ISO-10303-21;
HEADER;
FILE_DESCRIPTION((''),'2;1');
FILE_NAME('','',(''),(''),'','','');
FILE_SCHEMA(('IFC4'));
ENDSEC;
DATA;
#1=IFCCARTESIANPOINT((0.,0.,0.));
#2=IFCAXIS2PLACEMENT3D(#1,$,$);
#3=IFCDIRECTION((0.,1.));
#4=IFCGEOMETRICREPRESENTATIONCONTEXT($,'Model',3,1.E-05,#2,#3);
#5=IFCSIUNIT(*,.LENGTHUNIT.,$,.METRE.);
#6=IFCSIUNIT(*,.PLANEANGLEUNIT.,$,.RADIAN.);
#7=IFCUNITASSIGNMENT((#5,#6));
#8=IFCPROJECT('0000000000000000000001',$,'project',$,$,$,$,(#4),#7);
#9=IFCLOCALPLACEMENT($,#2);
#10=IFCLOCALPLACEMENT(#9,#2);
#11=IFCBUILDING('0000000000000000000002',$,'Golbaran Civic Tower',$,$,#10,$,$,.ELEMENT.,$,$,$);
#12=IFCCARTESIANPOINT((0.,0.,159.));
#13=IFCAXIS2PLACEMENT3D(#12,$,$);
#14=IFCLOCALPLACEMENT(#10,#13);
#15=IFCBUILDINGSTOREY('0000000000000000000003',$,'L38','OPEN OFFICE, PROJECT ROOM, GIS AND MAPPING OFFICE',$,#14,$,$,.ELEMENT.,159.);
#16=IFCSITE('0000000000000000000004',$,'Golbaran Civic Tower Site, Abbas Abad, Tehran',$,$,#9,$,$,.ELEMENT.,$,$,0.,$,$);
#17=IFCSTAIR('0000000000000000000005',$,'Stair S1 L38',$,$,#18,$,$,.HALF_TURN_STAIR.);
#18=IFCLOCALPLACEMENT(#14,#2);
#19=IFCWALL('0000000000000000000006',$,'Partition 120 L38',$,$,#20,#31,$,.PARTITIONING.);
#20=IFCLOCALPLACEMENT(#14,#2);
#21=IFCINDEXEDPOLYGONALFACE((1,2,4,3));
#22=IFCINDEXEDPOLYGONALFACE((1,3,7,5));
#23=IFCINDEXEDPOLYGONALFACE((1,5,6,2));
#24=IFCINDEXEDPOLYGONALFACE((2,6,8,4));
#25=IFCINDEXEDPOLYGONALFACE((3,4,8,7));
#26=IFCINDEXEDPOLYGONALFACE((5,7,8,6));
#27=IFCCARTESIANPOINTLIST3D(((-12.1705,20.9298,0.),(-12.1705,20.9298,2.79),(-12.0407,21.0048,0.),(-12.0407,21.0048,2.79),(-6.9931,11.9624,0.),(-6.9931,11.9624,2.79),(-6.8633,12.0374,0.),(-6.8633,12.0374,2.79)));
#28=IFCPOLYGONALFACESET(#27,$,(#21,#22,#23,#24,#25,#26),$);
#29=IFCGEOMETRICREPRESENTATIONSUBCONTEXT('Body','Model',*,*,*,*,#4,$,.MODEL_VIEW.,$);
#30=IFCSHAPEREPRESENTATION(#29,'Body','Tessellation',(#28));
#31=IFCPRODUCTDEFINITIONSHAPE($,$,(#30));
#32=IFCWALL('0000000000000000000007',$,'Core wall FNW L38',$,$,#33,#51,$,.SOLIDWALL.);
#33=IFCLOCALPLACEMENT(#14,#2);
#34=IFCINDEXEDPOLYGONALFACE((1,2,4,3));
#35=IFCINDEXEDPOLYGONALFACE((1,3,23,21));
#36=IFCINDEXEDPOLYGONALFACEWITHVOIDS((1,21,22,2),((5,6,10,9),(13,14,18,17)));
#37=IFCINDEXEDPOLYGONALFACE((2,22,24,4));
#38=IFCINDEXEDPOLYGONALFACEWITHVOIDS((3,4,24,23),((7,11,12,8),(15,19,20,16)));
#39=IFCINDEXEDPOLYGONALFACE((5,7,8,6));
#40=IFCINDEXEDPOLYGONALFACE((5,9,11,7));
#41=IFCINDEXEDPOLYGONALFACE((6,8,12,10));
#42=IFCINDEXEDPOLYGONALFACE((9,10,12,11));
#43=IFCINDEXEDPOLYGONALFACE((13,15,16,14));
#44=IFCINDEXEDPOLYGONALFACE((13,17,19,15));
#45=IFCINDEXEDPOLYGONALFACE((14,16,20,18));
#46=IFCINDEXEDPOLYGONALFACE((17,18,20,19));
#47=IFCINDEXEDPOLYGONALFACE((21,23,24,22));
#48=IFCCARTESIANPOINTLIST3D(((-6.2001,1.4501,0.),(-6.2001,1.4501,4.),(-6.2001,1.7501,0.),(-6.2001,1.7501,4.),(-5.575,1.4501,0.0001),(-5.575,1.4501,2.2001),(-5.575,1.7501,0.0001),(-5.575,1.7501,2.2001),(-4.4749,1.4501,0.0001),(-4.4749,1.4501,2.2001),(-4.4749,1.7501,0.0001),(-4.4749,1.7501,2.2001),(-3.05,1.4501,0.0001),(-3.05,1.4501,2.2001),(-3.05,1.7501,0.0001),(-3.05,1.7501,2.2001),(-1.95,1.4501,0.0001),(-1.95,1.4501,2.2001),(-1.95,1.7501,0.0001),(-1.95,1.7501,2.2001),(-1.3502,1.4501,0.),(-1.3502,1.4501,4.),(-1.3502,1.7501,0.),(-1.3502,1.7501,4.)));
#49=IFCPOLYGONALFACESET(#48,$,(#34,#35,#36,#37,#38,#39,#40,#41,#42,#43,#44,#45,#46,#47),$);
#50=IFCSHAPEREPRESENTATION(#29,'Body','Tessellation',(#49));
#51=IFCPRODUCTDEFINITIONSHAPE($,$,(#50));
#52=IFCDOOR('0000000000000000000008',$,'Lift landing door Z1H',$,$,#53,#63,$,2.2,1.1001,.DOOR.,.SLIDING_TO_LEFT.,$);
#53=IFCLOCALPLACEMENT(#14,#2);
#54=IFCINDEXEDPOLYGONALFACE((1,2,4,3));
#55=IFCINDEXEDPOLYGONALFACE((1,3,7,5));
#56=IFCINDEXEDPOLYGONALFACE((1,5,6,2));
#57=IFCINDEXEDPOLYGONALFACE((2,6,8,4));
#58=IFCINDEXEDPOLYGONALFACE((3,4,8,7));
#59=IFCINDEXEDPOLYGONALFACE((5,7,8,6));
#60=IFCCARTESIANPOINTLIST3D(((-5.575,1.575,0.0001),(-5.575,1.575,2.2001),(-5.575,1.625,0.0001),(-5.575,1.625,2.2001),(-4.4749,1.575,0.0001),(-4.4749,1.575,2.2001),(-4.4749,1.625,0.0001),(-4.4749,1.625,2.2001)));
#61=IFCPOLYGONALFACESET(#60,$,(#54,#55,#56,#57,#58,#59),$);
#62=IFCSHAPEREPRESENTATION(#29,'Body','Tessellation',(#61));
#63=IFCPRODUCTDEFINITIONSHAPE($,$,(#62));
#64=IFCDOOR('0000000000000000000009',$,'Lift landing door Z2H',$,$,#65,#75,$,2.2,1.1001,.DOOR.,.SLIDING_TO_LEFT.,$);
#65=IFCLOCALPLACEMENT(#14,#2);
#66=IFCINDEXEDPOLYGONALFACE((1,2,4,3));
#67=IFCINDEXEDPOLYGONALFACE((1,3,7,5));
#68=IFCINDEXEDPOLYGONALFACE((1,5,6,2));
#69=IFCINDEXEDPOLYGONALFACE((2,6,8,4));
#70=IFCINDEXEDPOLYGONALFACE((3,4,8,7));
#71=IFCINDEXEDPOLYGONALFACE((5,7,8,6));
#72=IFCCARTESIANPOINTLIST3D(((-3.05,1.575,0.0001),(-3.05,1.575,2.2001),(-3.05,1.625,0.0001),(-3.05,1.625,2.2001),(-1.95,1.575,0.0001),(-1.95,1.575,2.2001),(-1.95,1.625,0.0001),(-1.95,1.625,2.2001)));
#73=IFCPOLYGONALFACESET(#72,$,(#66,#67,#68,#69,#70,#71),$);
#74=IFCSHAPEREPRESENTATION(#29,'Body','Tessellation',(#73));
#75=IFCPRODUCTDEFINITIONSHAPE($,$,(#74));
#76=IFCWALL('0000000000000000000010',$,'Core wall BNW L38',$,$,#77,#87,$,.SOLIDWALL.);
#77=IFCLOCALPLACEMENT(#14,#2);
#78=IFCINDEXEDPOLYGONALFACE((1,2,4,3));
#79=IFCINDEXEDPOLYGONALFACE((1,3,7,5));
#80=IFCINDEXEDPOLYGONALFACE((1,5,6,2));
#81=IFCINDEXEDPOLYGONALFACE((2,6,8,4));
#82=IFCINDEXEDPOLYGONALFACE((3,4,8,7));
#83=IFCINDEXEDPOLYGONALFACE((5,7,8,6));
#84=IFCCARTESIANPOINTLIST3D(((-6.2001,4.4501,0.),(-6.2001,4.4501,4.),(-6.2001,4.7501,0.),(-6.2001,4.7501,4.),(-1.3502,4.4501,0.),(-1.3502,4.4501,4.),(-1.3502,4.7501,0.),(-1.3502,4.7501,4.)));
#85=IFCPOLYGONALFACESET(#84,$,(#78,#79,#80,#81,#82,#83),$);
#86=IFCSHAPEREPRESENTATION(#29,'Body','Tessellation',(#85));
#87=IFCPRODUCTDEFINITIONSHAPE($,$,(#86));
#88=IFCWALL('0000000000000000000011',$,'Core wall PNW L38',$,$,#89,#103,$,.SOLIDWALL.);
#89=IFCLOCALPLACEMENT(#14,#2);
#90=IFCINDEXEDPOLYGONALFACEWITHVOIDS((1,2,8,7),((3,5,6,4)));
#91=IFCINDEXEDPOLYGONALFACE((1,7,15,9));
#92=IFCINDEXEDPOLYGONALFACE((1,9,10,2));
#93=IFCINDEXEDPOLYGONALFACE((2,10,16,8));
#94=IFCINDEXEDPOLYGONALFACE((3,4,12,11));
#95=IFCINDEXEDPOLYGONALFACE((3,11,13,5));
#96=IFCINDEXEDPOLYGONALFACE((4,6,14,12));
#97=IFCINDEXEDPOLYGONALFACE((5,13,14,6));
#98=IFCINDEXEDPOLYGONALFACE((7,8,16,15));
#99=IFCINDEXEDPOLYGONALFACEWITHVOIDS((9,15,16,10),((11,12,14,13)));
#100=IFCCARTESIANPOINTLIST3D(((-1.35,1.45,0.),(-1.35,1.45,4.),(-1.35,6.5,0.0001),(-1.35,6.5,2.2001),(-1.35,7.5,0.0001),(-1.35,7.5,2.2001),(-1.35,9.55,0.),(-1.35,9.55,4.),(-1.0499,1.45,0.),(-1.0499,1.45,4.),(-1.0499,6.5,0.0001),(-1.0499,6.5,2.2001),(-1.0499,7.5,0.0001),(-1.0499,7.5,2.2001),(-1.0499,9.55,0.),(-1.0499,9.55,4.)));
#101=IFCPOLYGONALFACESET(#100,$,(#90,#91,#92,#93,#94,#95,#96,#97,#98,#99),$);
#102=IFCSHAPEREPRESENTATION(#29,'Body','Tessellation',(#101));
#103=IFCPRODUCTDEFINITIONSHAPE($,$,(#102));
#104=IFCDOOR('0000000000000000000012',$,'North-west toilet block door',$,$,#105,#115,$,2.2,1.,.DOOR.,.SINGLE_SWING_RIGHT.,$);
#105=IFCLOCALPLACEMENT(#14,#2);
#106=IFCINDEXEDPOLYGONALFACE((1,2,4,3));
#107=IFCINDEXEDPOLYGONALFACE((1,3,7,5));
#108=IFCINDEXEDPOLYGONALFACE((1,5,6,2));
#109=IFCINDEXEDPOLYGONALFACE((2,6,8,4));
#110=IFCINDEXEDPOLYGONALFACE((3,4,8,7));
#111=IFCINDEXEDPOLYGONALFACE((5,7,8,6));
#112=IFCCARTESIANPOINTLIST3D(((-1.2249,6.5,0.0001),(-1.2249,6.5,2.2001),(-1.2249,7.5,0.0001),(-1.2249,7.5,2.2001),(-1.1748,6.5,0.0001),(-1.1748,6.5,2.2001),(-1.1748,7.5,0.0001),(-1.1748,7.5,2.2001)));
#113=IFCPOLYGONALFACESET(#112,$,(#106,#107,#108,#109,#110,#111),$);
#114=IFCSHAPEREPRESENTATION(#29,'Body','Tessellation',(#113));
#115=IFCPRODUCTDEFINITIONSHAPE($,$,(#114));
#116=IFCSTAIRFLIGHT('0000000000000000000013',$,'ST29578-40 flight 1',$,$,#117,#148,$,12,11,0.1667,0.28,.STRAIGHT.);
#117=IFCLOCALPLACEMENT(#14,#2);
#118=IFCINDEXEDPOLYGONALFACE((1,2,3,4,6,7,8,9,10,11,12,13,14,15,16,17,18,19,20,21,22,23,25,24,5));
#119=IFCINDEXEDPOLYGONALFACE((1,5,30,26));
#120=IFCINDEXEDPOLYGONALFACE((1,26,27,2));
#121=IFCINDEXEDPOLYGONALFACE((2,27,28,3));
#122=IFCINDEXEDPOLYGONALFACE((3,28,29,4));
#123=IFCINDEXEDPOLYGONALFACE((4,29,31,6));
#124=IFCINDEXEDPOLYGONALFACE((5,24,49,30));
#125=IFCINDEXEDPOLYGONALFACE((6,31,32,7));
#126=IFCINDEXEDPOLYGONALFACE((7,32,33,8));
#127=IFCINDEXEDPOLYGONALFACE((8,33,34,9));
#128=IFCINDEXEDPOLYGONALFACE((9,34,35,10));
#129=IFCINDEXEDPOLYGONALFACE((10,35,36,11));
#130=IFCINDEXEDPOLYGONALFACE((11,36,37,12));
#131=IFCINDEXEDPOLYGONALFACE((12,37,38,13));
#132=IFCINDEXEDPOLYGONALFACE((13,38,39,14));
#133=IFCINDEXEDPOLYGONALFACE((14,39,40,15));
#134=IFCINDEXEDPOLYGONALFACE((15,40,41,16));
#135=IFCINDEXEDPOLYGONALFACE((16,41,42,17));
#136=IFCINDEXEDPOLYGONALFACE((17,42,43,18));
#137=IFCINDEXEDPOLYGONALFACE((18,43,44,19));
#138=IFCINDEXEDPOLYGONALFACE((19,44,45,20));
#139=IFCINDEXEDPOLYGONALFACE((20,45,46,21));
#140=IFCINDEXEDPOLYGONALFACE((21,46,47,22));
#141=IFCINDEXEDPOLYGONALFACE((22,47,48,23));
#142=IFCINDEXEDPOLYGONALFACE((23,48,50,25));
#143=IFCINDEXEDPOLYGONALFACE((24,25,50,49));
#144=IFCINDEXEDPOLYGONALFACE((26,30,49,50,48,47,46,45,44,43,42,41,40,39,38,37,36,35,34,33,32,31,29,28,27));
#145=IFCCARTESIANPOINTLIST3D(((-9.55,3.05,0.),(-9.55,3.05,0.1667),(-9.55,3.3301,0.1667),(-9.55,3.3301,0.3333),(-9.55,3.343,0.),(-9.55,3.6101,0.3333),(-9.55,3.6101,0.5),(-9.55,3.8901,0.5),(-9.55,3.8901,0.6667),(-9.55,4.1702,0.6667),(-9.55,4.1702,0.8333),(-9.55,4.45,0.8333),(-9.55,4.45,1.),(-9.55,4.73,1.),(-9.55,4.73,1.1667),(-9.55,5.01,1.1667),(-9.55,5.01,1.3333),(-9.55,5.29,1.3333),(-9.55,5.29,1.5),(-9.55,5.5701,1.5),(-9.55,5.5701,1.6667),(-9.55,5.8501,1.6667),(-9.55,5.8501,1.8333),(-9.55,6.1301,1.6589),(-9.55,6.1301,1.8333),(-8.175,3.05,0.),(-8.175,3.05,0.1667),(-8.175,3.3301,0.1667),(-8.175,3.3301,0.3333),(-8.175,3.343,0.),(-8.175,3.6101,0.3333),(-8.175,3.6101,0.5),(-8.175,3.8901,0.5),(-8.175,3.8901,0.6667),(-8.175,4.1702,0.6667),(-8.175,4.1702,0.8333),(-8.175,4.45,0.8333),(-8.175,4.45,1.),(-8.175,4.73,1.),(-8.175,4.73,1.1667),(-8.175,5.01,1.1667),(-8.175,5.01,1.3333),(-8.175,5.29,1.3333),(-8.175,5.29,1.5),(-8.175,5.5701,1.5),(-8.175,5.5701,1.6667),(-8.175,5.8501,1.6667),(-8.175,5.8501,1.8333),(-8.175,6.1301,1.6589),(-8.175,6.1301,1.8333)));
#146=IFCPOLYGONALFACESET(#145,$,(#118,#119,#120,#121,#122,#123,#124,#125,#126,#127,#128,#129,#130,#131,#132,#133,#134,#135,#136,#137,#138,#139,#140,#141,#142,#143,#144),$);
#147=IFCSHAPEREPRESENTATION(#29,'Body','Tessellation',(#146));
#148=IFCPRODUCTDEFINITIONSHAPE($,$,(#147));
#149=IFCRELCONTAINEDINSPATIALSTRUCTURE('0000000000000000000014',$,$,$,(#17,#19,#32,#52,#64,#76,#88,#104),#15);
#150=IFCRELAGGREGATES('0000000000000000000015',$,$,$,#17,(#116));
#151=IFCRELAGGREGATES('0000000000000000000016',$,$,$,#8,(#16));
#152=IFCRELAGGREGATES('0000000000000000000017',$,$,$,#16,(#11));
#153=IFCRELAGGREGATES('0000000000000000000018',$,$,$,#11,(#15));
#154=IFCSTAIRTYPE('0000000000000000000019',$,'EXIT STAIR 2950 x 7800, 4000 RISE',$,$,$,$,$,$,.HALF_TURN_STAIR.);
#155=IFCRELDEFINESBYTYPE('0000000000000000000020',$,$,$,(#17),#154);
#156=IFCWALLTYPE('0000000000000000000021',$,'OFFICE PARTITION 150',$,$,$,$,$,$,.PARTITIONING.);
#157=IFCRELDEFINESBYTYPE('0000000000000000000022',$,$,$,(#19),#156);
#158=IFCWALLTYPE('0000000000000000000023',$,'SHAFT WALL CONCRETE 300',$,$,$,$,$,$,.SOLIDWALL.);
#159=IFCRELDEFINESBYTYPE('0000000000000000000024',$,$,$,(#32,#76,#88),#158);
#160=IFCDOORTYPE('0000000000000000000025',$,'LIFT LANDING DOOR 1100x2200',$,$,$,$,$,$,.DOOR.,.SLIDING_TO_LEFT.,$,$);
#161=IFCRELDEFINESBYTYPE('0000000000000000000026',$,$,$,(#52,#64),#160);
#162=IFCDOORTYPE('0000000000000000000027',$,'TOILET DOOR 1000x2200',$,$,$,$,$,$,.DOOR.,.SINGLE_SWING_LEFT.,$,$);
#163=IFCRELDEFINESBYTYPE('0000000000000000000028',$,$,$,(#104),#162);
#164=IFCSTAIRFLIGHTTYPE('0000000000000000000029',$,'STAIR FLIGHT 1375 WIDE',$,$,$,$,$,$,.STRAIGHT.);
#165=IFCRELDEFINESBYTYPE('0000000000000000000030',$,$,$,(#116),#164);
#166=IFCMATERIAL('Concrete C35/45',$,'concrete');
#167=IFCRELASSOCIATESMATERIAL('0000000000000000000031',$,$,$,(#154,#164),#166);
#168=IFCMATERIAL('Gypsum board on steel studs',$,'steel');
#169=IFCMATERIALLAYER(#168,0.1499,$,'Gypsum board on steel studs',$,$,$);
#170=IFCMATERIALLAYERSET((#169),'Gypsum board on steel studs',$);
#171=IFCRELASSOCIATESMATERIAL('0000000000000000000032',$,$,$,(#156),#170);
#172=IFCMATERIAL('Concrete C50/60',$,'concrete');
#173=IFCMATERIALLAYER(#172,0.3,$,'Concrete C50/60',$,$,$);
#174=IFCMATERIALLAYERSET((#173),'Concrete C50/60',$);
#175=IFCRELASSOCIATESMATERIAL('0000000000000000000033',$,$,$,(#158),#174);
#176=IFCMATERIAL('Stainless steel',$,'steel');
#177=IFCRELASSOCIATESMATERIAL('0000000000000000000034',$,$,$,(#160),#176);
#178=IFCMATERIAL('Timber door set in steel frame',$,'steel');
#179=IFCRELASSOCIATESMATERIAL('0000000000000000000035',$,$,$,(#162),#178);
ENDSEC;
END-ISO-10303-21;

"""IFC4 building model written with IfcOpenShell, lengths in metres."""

from ifc_helpers import new_model, si_unit, direction, frame, frame_2d, origin, place, context, subcontext, project, spatial, polyline, rectangle, outline, extrude, material, layer, layer_set, type_object, element, fill, aggregate, save


model = new_model("IFC4")

# Units and contexts
model_context = context("Model", 3, precision=1e-05, world=origin(), true_north=direction((0.0, 1.0)))
body_context = subcontext(model_context, "Body", "Model", "MODEL_VIEW")
ifc_project = project(units=[si_unit("LENGTHUNIT", "METRE"), si_unit("PLANEANGLEUNIT", "RADIAN")], contexts=[model_context])

# Site, building, storey
site_placement = place(None, origin())
site = spatial("IfcSite", under=ifc_project, at=site_placement, Name="Golbaran Civic Tower Site, Abbas Abad, Tehran", CompositionType="ELEMENT", RefElevation=0.0)
building_placement = place(site_placement, origin())
building = spatial("IfcBuilding", under=site, at=building_placement, Name="Golbaran Civic Tower", CompositionType="ELEMENT")
storey_placement = place(building_placement, frame((0.0, 0.0, 159.0)))
storey = spatial("IfcBuildingStorey", under=building, at=storey_placement, Name="L38", Description="OPEN OFFICE, PROJECT ROOM, GIS AND MAPPING OFFICE", CompositionType="ELEMENT", Elevation=159.0)

# Shared definitions
ifc_material_1 = material(Name="Concrete C35/45", Category="concrete")

# Stair
stair_type = type_object("IfcStairType", Name="EXIT STAIR 2950 x 7800, 4000 RISE", PredefinedType="HALF_TURN_STAIR", material=ifc_material_1)
stair_1_placement = place(storey_placement, origin())
stair_1 = element("IfcStair", 1, at=stair_1_placement, inside=storey, type_object=stair_type, Name="Stair S1 L38", PredefinedType="HALF_TURN_STAIR")

# Shared definitions
ifc_material_2 = material(Name="Timber door set in steel frame", Category="steel")

# Wall
ifc_material_3 = material(Name="Gypsum board on steel studs", Category="steel")
ifc_layer_1 = layer(ifc_material_3, 0.1499, Name="Gypsum board on steel studs")
ifc_layer_set_1 = layer_set([ifc_layer_1], Name="Gypsum board on steel studs")
wall_type_1 = type_object("IfcWallType", Name="OFFICE PARTITION 150", PredefinedType="PARTITIONING", material=ifc_layer_set_1)
wall_1_placement = place(storey_placement, frame((-6.9282, 12.0, 0.0), z_axis=(0.0, 0.0, 1.0), x_axis=(-0.500006, 0.866022, 0.0)))
element("IfcWall", 2, at=wall_1_placement, inside=storey, type_object=wall_type_1, Name="Partition 120 L38", PredefinedType="PARTITIONING", context=body_context, shape_type="SweptSolid", body=[
    extrude(rectangle(XDim=10.3547, YDim=0.1499, at=frame_2d((5.1772, 0.0))), origin(), (0.0, 0.0, 1.0), 2.79),
])

# Wall, openings, doors
ifc_material_4 = material(Name="Concrete C50/60", Category="concrete")
ifc_layer_2 = layer(ifc_material_4, 0.3, Name="Concrete C50/60")
ifc_layer_set_2 = layer_set([ifc_layer_2], Name="Concrete C50/60")
wall_type_2 = type_object("IfcWallType", Name="SHAFT WALL CONCRETE 300", PredefinedType="SOLIDWALL", material=ifc_layer_set_2)
wall_2_placement = place(storey_placement, frame((-6.2, 1.6001, 0.0), z_axis=(0.0, 0.0, 1.0), x_axis=(1.0, 0.0, 0.0)))
wall_2 = element("IfcWall", 3, at=wall_2_placement, inside=storey, type_object=wall_type_2, Name="Core wall FNW L38", PredefinedType="SOLIDWALL", context=body_context, shape_type="SweptSolid", body=[
    extrude(rectangle(XDim=4.8499, YDim=0.3, at=frame_2d((2.4248, 0.0))), origin(), (0.0, 0.0, 1.0), 4.0),
])
opening_1_placement = place(wall_2_placement, frame((0.625, 0.0, 0.0)))
opening_1 = element("IfcOpeningElement", 4, at=opening_1_placement, cuts=wall_2, PredefinedType="OPENING", context=body_context, shape_type="SweptSolid", body=[
    extrude(rectangle(XDim=1.1001, YDim=2.2, at=frame_2d((0.55, 1.1001))), frame((0.0, 0.1599, 0.0), z_axis=(0.0, -1.0, 0.0), x_axis=(1.0, 0.0, 0.0)), (0.0, 0.0, 1.0), 0.3201),
])
opening_2_placement = place(wall_2_placement, frame((3.1499, 0.0, 0.0)))
opening_2 = element("IfcOpeningElement", 5, at=opening_2_placement, cuts=wall_2, PredefinedType="OPENING", context=body_context, shape_type="SweptSolid", body=[
    extrude(rectangle(XDim=1.1001, YDim=2.2, at=frame_2d((0.55, 1.1001))), frame((0.0, 0.1599, 0.0), z_axis=(0.0, -1.0, 0.0), x_axis=(1.0, 0.0, 0.0)), (0.0, 0.0, 1.0), 0.3201),
])
ifc_material_5 = material(Name="Stainless steel", Category="steel")
door_type_1 = type_object("IfcDoorType", Name="LIFT LANDING DOOR 1100x2200", OperationType="SLIDING_TO_LEFT", PredefinedType="DOOR", material=ifc_material_5)
door_1_placement = place(opening_1_placement, origin())
door_1 = element("IfcDoor", 6, at=door_1_placement, inside=storey, type_object=door_type_1, Name="Lift landing door Z1H", OperationType="SLIDING_TO_LEFT", OverallHeight=2.2, OverallWidth=1.1001, PredefinedType="DOOR", context=body_context, shape_type="SweptSolid", body=[
    extrude(rectangle(XDim=1.1001, YDim=2.2, at=frame_2d((0.55, 1.1001))), frame((0.0, 0.0249, 0.0), z_axis=(0.0, -1.0, 0.0), x_axis=(1.0, 0.0, 0.0)), (0.0, 0.0, 1.0), 0.05),
])
fill(opening_1, door_1)
door_2_placement = place(opening_2_placement, origin())
door_2 = element("IfcDoor", 7, at=door_2_placement, inside=storey, type_object=door_type_1, Name="Lift landing door Z2H", OperationType="SLIDING_TO_LEFT", OverallHeight=2.2, OverallWidth=1.1001, PredefinedType="DOOR", context=body_context, shape_type="SweptSolid", body=[
    extrude(rectangle(XDim=1.1001, YDim=2.2, at=frame_2d((0.55, 1.1001))), frame((0.0, 0.0249, 0.0), z_axis=(0.0, -1.0, 0.0), x_axis=(1.0, 0.0, 0.0)), (0.0, 0.0, 1.0), 0.05),
])
fill(opening_2, door_2)

# Wall
wall_3_placement = place(storey_placement, frame((-6.2, 4.6001, 0.0), z_axis=(0.0, 0.0, 1.0), x_axis=(1.0, 0.0, 0.0)))
element("IfcWall", 8, at=wall_3_placement, inside=storey, type_object=wall_type_2, Name="Core wall BNW L38", PredefinedType="SOLIDWALL", context=body_context, shape_type="SweptSolid", body=[
    extrude(rectangle(XDim=4.8499, YDim=0.3, at=frame_2d((2.4248, 0.0))), origin(), (0.0, 0.0, 1.0), 4.0),
])

# Wall, opening, door
wall_4_placement = place(storey_placement, frame((-1.2, 1.45, 0.0), z_axis=(0.0, 0.0, 1.0), x_axis=(0.0, 1.0, 0.0)))
wall_4 = element("IfcWall", 9, at=wall_4_placement, inside=storey, type_object=wall_type_2, Name="Core wall PNW L38", PredefinedType="SOLIDWALL", context=body_context, shape_type="SweptSolid", body=[
    extrude(rectangle(XDim=8.1001, YDim=0.3, at=frame_2d((4.05, 0.0))), origin(), (0.0, 0.0, 1.0), 4.0),
])
opening_3_placement = place(wall_4_placement, frame((5.05, 0.0, 0.0)))
opening_3 = element("IfcOpeningElement", 10, at=opening_3_placement, cuts=wall_4, PredefinedType="OPENING", context=body_context, shape_type="SweptSolid", body=[
    extrude(rectangle(XDim=1.0, YDim=2.2, at=frame_2d((0.5, 1.1001))), frame((0.0, 0.1599, 0.0), z_axis=(0.0, -1.0, 0.0), x_axis=(1.0, 0.0, 0.0)), (0.0, 0.0, 1.0), 0.3201),
])
door_type_2 = type_object("IfcDoorType", Name="TOILET DOOR 1000x2200", OperationType="SINGLE_SWING_LEFT", PredefinedType="DOOR", material=ifc_material_2)
door_3_placement = place(opening_3_placement, origin())
door_3 = element("IfcDoor", 11, at=door_3_placement, inside=storey, type_object=door_type_2, Name="North-west toilet block door", OperationType="SINGLE_SWING_RIGHT", OverallHeight=2.2, OverallWidth=1.0, PredefinedType="DOOR", context=body_context, shape_type="SweptSolid", body=[
    extrude(rectangle(XDim=1.0, YDim=2.2, at=frame_2d((0.5, 1.1001))), frame((0.0, 0.0249, 0.0), z_axis=(0.0, -1.0, 0.0), x_axis=(1.0, 0.0, 0.0)), (0.0, 0.0, 1.0), 0.05),
])
fill(opening_3, door_3)

# Stair flight
stair_flight_type = type_object("IfcStairFlightType", Name="STAIR FLIGHT 1375 WIDE", PredefinedType="STRAIGHT", material=ifc_material_1)
stair_flight_1_placement = place(storey_placement, frame((-8.8625, 3.05, 0.0), z_axis=(0.0, 0.0, 1.0), x_axis=(0.0, 1.0, 0.0)))
stair_flight_1 = element("IfcStairFlight", 12, at=stair_flight_1_placement, type_object=stair_flight_type, Name="ST29578-40 flight 1", NumberOfRisers=12, NumberOfTreads=11, PredefinedType="STRAIGHT", RiserHeight=0.1667, TreadLength=0.28, context=body_context, shape_type="SweptSolid", body=[
    extrude(outline(polyline([(0.0, 0.0), (0.0, 0.1667), (0.28, 0.1667), (0.28, 0.3333), (0.5601, 0.3333), (0.5601, 0.5), (0.8401, 0.5), (0.8401, 0.6667), (1.1201, 0.6667), (1.1201, 0.8333), (1.3999, 0.8333), (1.3999, 1.0), (1.6799, 1.0), (1.6799, 1.1667), (1.96, 1.1667), (1.96, 1.3333), (2.24, 1.3333), (2.24, 1.5), (2.52, 1.5), (2.52, 1.6667), (2.8, 1.6667), (2.8, 1.8333), (3.0801, 1.8333), (3.0801, 2.0), (3.0801, 1.6589), (0.293, 0.0), (0.0, 0.0)])), frame((0.0, 0.6875, 0.0), z_axis=(0.0, -1.0, 0.0), x_axis=(1.0, 0.0, 0.0)), (0.0, 0.0, 1.0), 1.375),
])
aggregate(stair_1, [stair_flight_1])

save(model, "model.ifc")
